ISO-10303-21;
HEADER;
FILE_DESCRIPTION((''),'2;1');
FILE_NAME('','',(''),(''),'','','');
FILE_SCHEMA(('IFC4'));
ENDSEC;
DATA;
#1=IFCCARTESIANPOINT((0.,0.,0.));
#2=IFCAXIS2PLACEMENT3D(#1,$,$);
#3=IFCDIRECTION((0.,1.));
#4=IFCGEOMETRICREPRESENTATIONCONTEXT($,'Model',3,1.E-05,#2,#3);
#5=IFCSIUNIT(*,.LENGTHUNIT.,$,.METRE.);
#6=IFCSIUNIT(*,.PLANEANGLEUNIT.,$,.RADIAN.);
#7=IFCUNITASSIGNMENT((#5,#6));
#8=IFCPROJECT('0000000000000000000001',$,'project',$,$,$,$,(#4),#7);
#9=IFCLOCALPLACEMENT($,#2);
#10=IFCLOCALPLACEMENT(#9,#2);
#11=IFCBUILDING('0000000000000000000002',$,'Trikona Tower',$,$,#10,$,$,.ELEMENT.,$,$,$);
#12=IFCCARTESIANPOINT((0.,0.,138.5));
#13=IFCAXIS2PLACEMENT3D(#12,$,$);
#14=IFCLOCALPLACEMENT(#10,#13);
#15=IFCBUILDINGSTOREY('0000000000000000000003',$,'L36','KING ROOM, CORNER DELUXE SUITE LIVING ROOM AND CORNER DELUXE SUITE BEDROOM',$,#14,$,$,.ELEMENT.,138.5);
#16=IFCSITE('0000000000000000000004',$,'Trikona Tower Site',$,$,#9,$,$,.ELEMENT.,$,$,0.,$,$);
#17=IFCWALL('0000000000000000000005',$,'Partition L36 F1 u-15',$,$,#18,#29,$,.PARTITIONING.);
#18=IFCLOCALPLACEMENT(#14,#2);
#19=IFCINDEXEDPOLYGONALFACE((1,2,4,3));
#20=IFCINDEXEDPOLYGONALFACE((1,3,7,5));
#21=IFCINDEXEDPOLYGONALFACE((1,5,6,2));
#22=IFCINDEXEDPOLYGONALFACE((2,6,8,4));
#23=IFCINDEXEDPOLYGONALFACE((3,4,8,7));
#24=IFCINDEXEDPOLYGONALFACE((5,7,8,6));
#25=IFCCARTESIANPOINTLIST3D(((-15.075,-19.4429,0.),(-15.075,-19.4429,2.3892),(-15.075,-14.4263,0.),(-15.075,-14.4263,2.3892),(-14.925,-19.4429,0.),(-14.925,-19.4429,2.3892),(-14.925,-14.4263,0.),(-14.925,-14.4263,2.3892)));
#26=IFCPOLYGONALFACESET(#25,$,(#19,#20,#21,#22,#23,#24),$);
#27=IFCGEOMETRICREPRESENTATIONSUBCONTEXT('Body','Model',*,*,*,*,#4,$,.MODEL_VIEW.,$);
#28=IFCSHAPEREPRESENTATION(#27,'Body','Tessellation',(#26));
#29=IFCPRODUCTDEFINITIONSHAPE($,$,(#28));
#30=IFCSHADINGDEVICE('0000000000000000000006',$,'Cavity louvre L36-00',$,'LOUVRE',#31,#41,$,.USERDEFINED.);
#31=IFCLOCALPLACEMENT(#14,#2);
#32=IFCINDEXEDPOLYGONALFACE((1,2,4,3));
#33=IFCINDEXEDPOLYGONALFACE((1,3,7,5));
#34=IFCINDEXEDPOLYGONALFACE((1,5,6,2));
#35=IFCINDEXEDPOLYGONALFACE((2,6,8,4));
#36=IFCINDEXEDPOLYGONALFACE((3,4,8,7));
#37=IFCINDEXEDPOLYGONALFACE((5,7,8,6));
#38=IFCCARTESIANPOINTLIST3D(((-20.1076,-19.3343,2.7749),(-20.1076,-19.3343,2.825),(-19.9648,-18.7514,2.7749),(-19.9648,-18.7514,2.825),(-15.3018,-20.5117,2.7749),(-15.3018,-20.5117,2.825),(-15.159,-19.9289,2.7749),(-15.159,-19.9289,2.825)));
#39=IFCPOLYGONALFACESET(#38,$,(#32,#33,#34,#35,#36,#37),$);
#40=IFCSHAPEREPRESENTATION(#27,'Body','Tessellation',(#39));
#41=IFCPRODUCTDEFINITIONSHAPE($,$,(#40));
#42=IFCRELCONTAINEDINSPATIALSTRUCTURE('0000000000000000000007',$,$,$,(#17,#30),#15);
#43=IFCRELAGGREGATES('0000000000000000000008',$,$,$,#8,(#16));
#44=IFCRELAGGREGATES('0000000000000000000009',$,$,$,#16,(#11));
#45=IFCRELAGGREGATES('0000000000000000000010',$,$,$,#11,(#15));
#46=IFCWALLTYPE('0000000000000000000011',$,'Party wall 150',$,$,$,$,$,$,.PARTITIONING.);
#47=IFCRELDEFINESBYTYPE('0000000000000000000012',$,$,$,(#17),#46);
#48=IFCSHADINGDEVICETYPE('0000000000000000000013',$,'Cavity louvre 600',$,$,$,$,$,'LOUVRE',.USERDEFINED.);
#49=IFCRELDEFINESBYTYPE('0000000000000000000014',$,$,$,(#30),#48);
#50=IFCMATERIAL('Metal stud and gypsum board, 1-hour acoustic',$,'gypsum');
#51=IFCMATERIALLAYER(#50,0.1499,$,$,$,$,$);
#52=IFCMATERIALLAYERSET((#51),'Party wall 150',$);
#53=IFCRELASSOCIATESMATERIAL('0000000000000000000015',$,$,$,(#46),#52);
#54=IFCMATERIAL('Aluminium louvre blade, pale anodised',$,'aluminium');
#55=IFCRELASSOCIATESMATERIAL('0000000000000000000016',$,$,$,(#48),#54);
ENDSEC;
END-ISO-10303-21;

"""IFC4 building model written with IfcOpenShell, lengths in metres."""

from ifc_helpers import new_model, si_unit, direction, frame, frame_2d, origin, origin_2d, place, context, subcontext, project, spatial, rectangle, extrude, material, layer, layer_set, type_object, element, save


model = new_model("IFC4")

# Units and contexts
model_context = context("Model", 3, precision=1e-05, world=origin(), true_north=direction((0.0, 1.0)))
body_context = subcontext(model_context, "Body", "Model", "MODEL_VIEW")
ifc_project = project(units=[si_unit("LENGTHUNIT", "METRE"), si_unit("PLANEANGLEUNIT", "RADIAN")], contexts=[model_context])

# Site, building, storey
site_placement = place(None, origin())
site = spatial("IfcSite", under=ifc_project, at=site_placement, Name="Trikona Tower Site", CompositionType="ELEMENT", RefElevation=0.0)
building_placement = place(site_placement, origin())
building = spatial("IfcBuilding", under=site, at=building_placement, Name="Trikona Tower", CompositionType="ELEMENT")
storey_placement = place(building_placement, frame((0.0, 0.0, 138.5)))
storey = spatial("IfcBuildingStorey", under=building, at=storey_placement, Name="L36", Description="KING ROOM, CORNER DELUXE SUITE LIVING ROOM AND CORNER DELUXE SUITE BEDROOM", CompositionType="ELEMENT", Elevation=138.5)

# Wall
ifc_material_1 = material(Name="Metal stud and gypsum board, 1-hour acoustic", Category="gypsum")
ifc_layer_1 = layer(ifc_material_1, 0.1499)
ifc_layer_set_1 = layer_set([ifc_layer_1], Name="Party wall 150")
wall_type_1 = type_object("IfcWallType", Name="Party wall 150", PredefinedType="PARTITIONING", material=ifc_layer_set_1)
wall_1_placement = place(storey_placement, frame((-15.0, -14.4263, 0.0), z_axis=(0.0, 0.0, 1.0), x_axis=(0.0, -1.0, 0.0)))
element("IfcWall", 1, at=wall_1_placement, inside=storey, type_object=wall_type_1, Name="Partition L36 F1 u-15", PredefinedType="PARTITIONING", context=body_context, shape_type="SweptSolid", body=[
    extrude(rectangle(XDim=5.0166, YDim=0.1499, at=frame_2d((2.5083, 0.0))), origin(), (0.0, 0.0, 1.0), 2.3892),
])

# Shading device
ifc_material_2 = material(Name="Aluminium louvre blade, pale anodised", Category="aluminium")
shading_device_type = type_object("IfcShadingDeviceType", Name="Cavity louvre 600", ElementType="LOUVRE", PredefinedType="USERDEFINED", material=ifc_material_2)
shading_device_placement = place(storey_placement, frame((-17.6333, -19.6316, 2.7749), z_axis=(0.0, 0.0, 1.0), x_axis=(0.971274, -0.237962, 0.0)))
element("IfcShadingDevice", 2, at=shading_device_placement, inside=storey, type_object=shading_device_type, Name="Cavity louvre L36-00", ObjectType="LOUVRE", PredefinedType="USERDEFINED", context=body_context, shape_type="SweptSolid", body=[
    extrude(rectangle(XDim=4.948, YDim=0.6001, at=origin_2d()), origin(), (0.0, 0.0, 1.0), 0.05),
])

save(model, "model.ifc")
